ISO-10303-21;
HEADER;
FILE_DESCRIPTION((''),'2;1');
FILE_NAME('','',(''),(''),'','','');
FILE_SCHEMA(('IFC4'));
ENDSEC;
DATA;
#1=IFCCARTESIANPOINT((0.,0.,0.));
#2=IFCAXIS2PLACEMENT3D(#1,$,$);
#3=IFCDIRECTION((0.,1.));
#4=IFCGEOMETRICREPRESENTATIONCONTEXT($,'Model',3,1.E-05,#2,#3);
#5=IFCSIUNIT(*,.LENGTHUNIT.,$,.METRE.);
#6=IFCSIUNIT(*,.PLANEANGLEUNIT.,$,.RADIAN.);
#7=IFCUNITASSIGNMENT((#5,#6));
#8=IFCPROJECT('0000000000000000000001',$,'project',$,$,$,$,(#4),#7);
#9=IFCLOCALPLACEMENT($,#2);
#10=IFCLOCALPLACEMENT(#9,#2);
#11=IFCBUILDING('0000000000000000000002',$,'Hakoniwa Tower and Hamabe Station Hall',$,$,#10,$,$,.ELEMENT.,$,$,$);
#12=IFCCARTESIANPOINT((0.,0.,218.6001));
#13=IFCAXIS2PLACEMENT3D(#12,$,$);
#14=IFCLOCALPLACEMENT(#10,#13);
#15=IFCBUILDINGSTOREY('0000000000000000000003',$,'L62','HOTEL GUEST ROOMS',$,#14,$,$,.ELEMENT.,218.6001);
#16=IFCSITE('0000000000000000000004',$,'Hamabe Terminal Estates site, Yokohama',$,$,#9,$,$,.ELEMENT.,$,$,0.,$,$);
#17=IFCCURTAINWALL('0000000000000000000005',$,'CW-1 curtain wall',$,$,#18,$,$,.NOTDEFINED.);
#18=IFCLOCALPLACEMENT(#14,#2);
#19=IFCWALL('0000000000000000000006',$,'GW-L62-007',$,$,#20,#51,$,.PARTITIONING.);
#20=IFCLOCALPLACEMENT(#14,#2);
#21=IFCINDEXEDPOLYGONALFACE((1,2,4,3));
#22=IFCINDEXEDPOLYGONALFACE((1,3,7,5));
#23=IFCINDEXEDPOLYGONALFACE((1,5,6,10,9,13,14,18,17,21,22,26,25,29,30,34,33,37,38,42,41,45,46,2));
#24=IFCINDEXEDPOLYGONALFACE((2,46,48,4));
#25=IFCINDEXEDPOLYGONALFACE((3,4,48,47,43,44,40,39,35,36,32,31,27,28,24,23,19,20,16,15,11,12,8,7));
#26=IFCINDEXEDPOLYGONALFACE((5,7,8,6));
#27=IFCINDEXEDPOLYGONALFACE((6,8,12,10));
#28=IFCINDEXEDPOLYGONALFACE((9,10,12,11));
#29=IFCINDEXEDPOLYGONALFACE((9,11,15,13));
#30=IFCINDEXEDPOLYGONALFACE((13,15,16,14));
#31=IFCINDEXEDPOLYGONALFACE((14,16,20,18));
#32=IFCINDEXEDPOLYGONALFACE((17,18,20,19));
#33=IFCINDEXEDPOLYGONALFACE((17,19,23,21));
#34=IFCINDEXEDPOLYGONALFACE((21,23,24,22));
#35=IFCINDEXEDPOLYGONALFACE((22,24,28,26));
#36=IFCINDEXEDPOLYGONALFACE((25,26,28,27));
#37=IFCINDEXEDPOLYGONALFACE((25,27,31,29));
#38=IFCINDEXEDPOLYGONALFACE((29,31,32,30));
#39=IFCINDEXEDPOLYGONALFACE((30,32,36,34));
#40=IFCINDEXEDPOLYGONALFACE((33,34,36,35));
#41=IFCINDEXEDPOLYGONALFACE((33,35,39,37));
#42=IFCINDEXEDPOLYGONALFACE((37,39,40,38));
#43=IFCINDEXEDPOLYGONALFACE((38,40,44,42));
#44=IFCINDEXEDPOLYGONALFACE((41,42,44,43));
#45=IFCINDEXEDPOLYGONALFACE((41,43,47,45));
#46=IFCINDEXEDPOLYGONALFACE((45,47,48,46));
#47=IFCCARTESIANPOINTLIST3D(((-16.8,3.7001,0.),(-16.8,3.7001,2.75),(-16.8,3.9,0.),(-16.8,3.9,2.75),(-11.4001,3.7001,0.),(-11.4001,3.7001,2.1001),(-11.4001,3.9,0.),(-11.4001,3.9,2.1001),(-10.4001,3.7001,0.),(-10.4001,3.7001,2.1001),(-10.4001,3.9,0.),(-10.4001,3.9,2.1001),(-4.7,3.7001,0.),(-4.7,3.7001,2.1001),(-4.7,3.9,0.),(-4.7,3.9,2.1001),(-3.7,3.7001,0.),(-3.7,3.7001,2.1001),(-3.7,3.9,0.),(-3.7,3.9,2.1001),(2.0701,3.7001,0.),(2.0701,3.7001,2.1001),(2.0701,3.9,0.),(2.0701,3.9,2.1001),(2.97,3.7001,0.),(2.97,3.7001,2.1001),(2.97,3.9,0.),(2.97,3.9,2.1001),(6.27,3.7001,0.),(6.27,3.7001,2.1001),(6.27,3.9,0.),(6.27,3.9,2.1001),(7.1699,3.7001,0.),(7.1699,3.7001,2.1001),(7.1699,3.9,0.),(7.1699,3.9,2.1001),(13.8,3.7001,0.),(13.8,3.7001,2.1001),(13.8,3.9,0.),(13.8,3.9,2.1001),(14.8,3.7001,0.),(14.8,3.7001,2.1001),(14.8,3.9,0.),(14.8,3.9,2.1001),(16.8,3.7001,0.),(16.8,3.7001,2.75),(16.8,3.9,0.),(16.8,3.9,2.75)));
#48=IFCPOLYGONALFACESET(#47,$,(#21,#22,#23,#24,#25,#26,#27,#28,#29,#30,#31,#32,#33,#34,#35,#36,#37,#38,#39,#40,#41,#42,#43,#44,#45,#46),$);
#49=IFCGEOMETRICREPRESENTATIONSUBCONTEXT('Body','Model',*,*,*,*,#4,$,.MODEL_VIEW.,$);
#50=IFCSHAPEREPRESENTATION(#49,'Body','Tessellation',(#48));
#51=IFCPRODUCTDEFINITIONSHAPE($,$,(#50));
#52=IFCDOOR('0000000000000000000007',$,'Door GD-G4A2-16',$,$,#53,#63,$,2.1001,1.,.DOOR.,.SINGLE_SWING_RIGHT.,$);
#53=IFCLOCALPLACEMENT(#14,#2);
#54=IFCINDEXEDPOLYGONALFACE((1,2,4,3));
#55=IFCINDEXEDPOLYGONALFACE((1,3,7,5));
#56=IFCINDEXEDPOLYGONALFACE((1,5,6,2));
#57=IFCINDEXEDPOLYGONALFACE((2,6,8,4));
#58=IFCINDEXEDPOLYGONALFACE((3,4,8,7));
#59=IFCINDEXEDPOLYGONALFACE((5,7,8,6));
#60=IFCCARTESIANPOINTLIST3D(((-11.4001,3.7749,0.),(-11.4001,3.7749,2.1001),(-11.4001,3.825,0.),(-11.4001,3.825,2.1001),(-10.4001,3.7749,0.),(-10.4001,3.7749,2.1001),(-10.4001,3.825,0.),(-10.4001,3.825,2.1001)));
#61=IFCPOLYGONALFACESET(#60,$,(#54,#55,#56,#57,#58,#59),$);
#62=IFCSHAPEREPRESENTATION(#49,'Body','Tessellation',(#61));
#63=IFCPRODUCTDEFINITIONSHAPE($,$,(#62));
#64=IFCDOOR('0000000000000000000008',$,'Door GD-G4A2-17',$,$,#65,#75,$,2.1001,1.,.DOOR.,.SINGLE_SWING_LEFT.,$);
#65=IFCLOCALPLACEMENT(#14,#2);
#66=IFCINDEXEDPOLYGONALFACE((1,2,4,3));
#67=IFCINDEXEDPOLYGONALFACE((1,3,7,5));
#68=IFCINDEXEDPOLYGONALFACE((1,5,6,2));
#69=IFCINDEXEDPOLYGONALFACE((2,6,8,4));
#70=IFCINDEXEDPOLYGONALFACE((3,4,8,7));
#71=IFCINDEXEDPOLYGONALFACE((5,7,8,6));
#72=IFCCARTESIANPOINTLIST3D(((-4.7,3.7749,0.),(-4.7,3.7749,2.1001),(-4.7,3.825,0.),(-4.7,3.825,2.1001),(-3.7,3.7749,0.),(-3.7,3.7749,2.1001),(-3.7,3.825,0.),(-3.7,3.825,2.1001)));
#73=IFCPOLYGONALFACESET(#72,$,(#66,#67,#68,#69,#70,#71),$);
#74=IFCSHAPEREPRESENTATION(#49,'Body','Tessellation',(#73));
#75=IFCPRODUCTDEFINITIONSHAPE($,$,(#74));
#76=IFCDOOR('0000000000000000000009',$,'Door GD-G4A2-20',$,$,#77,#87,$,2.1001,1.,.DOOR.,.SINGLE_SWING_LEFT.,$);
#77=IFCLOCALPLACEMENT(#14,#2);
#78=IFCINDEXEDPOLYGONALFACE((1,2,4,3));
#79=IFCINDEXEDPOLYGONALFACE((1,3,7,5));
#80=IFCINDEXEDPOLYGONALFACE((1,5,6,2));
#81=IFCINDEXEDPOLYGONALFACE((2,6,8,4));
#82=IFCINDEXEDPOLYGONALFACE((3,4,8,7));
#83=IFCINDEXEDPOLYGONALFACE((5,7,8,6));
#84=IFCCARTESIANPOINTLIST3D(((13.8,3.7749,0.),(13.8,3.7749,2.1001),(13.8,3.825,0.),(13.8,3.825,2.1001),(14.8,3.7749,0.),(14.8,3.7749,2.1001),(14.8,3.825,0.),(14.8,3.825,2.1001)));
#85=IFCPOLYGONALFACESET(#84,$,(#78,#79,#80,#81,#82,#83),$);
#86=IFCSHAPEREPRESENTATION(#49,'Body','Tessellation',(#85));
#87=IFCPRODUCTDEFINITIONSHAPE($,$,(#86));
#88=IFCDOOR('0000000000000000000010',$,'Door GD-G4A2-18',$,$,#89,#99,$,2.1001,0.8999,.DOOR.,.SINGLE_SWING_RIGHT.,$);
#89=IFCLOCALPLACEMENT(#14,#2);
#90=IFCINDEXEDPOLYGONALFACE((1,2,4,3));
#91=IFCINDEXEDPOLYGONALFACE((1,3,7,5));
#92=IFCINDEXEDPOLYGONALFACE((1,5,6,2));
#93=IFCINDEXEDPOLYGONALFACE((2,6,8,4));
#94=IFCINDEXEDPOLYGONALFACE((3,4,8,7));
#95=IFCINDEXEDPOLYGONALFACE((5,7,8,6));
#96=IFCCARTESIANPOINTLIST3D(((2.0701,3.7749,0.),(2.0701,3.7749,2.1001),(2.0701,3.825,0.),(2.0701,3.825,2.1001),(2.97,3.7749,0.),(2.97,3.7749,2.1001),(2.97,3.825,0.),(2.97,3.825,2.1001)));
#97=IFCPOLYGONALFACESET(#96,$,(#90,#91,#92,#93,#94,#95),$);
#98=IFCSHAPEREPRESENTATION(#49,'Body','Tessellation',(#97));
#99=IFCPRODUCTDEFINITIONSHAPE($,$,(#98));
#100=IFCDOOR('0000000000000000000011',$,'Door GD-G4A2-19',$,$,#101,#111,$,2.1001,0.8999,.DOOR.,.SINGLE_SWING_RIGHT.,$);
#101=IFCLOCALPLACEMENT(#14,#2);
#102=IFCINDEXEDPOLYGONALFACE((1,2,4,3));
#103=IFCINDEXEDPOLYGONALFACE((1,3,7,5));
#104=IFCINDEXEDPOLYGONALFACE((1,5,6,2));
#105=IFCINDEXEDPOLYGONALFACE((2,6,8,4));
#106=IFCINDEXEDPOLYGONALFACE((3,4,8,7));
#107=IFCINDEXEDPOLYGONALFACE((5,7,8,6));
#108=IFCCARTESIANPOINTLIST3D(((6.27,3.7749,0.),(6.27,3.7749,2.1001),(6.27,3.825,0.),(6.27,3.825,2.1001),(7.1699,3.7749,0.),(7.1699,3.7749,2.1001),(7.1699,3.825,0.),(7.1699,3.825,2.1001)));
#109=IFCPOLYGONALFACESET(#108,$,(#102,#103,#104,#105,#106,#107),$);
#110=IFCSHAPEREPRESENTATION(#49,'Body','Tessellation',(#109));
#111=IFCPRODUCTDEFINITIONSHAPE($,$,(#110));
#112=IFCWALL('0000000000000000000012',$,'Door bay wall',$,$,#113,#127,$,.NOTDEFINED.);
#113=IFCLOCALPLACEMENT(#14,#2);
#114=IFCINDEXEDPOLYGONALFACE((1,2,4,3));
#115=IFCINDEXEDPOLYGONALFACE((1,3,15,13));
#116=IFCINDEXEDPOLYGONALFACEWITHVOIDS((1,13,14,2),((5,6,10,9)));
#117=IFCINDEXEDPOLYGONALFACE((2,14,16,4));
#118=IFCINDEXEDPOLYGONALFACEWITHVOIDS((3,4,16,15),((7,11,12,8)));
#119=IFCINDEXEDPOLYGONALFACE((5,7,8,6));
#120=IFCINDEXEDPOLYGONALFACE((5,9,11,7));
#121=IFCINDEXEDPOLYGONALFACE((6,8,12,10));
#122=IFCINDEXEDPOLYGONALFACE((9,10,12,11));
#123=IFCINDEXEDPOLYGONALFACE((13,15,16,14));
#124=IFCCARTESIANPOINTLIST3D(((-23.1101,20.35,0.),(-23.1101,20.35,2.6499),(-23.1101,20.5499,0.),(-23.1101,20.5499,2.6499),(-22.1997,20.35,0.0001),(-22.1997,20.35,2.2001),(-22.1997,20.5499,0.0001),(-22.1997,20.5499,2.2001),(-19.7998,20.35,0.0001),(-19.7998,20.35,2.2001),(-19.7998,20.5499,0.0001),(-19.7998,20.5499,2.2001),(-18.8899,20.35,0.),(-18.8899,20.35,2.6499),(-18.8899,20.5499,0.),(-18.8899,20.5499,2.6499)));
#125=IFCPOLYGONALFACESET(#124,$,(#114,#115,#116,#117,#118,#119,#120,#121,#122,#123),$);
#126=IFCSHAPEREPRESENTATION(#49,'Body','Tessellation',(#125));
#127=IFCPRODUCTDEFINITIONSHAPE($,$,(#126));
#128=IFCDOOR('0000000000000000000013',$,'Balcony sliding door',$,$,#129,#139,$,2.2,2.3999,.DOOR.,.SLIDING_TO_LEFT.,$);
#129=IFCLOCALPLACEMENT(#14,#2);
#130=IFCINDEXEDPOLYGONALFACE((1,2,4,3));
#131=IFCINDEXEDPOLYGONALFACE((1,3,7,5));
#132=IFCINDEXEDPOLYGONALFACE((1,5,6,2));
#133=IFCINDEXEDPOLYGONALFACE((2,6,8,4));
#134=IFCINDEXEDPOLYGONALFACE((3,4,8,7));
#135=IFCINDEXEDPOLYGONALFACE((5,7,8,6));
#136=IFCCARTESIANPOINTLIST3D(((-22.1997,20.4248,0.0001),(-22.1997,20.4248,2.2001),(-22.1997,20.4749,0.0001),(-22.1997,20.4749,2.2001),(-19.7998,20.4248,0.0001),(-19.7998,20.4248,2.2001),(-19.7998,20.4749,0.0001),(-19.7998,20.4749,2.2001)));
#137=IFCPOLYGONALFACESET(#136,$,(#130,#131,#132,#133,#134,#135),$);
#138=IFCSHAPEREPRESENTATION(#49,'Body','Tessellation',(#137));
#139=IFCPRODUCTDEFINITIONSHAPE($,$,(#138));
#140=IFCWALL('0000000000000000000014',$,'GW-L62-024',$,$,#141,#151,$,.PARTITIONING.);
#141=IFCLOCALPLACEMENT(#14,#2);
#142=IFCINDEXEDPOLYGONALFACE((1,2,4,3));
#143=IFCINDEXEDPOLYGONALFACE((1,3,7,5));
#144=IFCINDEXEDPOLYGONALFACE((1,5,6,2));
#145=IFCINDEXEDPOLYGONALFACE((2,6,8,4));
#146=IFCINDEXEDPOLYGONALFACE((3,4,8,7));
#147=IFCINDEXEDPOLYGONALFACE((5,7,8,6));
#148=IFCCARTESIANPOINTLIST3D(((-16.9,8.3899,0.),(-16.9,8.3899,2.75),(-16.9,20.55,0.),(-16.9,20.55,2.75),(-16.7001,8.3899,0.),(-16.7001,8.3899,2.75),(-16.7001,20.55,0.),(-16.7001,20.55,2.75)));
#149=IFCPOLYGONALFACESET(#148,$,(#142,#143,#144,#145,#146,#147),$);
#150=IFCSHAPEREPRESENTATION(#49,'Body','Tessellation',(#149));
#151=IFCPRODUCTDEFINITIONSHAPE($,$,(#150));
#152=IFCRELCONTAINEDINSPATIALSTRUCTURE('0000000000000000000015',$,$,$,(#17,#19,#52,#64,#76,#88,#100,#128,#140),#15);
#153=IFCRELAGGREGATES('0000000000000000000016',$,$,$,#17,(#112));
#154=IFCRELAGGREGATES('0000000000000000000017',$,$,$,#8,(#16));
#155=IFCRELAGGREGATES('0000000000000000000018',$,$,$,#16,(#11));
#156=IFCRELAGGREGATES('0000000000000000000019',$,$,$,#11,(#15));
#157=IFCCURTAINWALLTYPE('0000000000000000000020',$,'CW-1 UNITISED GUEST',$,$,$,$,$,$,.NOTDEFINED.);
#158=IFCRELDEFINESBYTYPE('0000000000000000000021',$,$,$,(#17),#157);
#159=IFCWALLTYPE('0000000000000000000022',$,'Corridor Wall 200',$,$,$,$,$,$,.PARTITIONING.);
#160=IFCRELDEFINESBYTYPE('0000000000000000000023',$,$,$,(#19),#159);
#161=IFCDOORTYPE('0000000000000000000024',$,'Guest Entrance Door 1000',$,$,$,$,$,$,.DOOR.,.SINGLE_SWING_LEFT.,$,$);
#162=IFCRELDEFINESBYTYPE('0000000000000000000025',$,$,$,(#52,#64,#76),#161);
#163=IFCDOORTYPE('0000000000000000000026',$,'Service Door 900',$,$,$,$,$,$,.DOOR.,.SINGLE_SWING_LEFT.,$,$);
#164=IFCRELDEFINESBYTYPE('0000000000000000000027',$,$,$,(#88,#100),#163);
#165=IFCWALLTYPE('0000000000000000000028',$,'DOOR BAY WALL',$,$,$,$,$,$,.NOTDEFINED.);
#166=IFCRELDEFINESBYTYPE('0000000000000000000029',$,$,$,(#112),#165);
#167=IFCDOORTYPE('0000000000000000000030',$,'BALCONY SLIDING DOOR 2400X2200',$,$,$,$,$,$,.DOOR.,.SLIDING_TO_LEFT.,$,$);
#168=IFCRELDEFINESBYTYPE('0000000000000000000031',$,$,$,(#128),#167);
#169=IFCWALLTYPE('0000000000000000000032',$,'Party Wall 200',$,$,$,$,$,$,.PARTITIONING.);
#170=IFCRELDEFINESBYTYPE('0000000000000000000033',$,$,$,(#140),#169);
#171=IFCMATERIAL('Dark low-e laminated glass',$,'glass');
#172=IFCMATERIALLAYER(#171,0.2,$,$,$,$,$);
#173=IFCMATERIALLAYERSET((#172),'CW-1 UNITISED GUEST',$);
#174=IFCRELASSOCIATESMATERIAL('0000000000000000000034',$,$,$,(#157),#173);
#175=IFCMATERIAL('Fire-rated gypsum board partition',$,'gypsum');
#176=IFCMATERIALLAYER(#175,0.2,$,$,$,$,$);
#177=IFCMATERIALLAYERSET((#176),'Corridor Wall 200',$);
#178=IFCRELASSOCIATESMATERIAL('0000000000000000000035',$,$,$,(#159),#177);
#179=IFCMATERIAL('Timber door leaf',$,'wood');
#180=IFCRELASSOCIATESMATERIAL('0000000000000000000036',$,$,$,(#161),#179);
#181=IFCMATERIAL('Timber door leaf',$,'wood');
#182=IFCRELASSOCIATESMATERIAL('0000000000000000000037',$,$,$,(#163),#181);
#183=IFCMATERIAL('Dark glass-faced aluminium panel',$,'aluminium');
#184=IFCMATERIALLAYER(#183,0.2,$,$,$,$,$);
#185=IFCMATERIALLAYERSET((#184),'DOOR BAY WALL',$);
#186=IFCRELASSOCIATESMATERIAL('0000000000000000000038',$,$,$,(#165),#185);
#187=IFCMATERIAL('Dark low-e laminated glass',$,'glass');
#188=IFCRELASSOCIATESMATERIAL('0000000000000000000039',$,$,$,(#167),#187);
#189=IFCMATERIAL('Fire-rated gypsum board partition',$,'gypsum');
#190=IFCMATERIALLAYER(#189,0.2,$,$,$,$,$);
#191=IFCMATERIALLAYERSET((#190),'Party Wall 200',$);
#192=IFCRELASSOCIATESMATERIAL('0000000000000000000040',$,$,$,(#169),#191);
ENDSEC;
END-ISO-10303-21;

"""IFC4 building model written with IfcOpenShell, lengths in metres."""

from ifc_helpers import new_model, si_unit, direction, frame, frame_2d, origin, place, context, subcontext, project, spatial, rectangle, extrude, material, layer, layer_set, type_object, element, fill, aggregate, save


model = new_model("IFC4")

# Units and contexts
model_context = context("Model", 3, precision=1e-05, world=origin(), true_north=direction((0.0, 1.0)))
body_context = subcontext(model_context, "Body", "Model", "MODEL_VIEW")
ifc_project = project(units=[si_unit("LENGTHUNIT", "METRE"), si_unit("PLANEANGLEUNIT", "RADIAN")], contexts=[model_context])

# Site, building, storey
site_placement = place(None, origin())
site = spatial("IfcSite", under=ifc_project, at=site_placement, Name="Hamabe Terminal Estates site, Yokohama", CompositionType="ELEMENT", RefElevation=0.0)
building_placement = place(site_placement, origin())
building = spatial("IfcBuilding", under=site, at=building_placement, Name="Hakoniwa Tower and Hamabe Station Hall", CompositionType="ELEMENT")
storey_placement = place(building_placement, frame((0.0, 0.0, 218.6001)))
storey = spatial("IfcBuildingStorey", under=building, at=storey_placement, Name="L62", Description="HOTEL GUEST ROOMS", CompositionType="ELEMENT", Elevation=218.6001)

# Curtain wall
ifc_material_1 = material(Name="Dark low-e laminated glass", Category="glass")
ifc_layer_1 = layer(ifc_material_1, 0.2)
ifc_layer_set_1 = layer_set([ifc_layer_1], Name="CW-1 UNITISED GUEST")
curtain_wall_type = type_object("IfcCurtainWallType", Name="CW-1 UNITISED GUEST", PredefinedType="NOTDEFINED", material=ifc_layer_set_1)
curtain_wall_placement = place(storey_placement, origin())
curtain_wall = element("IfcCurtainWall", 1, at=curtain_wall_placement, inside=storey, type_object=curtain_wall_type, Name="CW-1 curtain wall", PredefinedType="NOTDEFINED")

# Wall, openings, doors
ifc_material_2 = material(Name="Fire-rated gypsum board partition", Category="gypsum")
ifc_layer_2 = layer(ifc_material_2, 0.2)
ifc_layer_set_2 = layer_set([ifc_layer_2], Name="Corridor Wall 200")
wall_type_1 = type_object("IfcWallType", Name="Corridor Wall 200", PredefinedType="PARTITIONING", material=ifc_layer_set_2)
ifc_material_3 = material(Name="Timber door leaf", Category="wood")
door_type_1 = type_object("IfcDoorType", Name="Guest Entrance Door 1000", OperationType="SINGLE_SWING_LEFT", PredefinedType="DOOR", material=ifc_material_3)
wall_1_placement = place(storey_placement, frame((-16.8, 3.8, 0.0), z_axis=(0.0, 0.0, 1.0), x_axis=(1.0, 0.0, 0.0)))
wall_1 = element("IfcWall", 2, at=wall_1_placement, inside=storey, type_object=wall_type_1, Name="GW-L62-007", PredefinedType="PARTITIONING", context=body_context, shape_type="SweptSolid", body=[
    extrude(rectangle(XDim=33.6001, YDim=0.2, at=frame_2d((16.8, 0.0))), origin(), (0.0, 0.0, 1.0), 2.75),
])
opening_1_placement = place(wall_1_placement, frame((5.3999, 0.0, 0.0)))
opening_1 = element("IfcOpeningElement", 3, at=opening_1_placement, cuts=wall_1, PredefinedType="OPENING", context=body_context, shape_type="SweptSolid", body=[
    extrude(rectangle(XDim=1.0, YDim=2.1001, at=frame_2d((0.5, 1.05))), frame((0.0, 0.1099, 0.0), z_axis=(0.0, -1.0, 0.0), x_axis=(1.0, 0.0, 0.0)), (0.0, 0.0, 1.0), 0.22),
])
opening_2_placement = place(wall_1_placement, frame((12.1001, 0.0, 0.0)))
opening_2 = element("IfcOpeningElement", 4, at=opening_2_placement, cuts=wall_1, PredefinedType="OPENING", context=body_context, shape_type="SweptSolid", body=[
    extrude(rectangle(XDim=1.0, YDim=2.1001, at=frame_2d((0.5, 1.05))), frame((0.0, 0.1099, 0.0), z_axis=(0.0, -1.0, 0.0), x_axis=(1.0, 0.0, 0.0)), (0.0, 0.0, 1.0), 0.22),
])
opening_3_placement = place(wall_1_placement, frame((18.8701, 0.0, 0.0)))
opening_3 = element("IfcOpeningElement", 5, at=opening_3_placement, cuts=wall_1, PredefinedType="OPENING", context=body_context, shape_type="SweptSolid", body=[
    extrude(rectangle(XDim=0.8999, YDim=2.1001, at=frame_2d((0.45, 1.05))), frame((0.0, 0.1099, 0.0), z_axis=(0.0, -1.0, 0.0), x_axis=(1.0, 0.0, 0.0)), (0.0, 0.0, 1.0), 0.22),
])
opening_4_placement = place(wall_1_placement, frame((23.0701, 0.0, 0.0)))
opening_4 = element("IfcOpeningElement", 6, at=opening_4_placement, cuts=wall_1, PredefinedType="OPENING", context=body_context, shape_type="SweptSolid", body=[
    extrude(rectangle(XDim=0.8999, YDim=2.1001, at=frame_2d((0.45, 1.05))), frame((0.0, 0.1099, 0.0), z_axis=(0.0, -1.0, 0.0), x_axis=(1.0, 0.0, 0.0)), (0.0, 0.0, 1.0), 0.22),
])
opening_5_placement = place(wall_1_placement, frame((30.6001, 0.0, 0.0)))
opening_5 = element("IfcOpeningElement", 7, at=opening_5_placement, cuts=wall_1, PredefinedType="OPENING", context=body_context, shape_type="SweptSolid", body=[
    extrude(rectangle(XDim=1.0, YDim=2.1001, at=frame_2d((0.5, 1.05))), frame((0.0, 0.1099, 0.0), z_axis=(0.0, -1.0, 0.0), x_axis=(1.0, 0.0, 0.0)), (0.0, 0.0, 1.0), 0.22),
])
door_1_placement = place(opening_1_placement, origin())
door_1 = element("IfcDoor", 8, at=door_1_placement, inside=storey, type_object=door_type_1, Name="Door GD-G4A2-16", OperationType="SINGLE_SWING_RIGHT", OverallHeight=2.1001, OverallWidth=1.0, PredefinedType="DOOR", context=body_context, shape_type="SweptSolid", body=[
    extrude(rectangle(XDim=1.0, YDim=2.1001, at=frame_2d((0.5, 1.05))), frame((0.0, 0.0249, 0.0), z_axis=(0.0, -1.0, 0.0), x_axis=(1.0, 0.0, 0.0)), (0.0, 0.0, 1.0), 0.05),
])
fill(opening_1, door_1)
door_2_placement = place(opening_2_placement, origin())
door_2 = element("IfcDoor", 9, at=door_2_placement, inside=storey, type_object=door_type_1, Name="Door GD-G4A2-17", OperationType="SINGLE_SWING_LEFT", OverallHeight=2.1001, OverallWidth=1.0, PredefinedType="DOOR", context=body_context, shape_type="SweptSolid", body=[
    extrude(rectangle(XDim=1.0, YDim=2.1001, at=frame_2d((0.5, 1.05))), frame((0.0, 0.0249, 0.0), z_axis=(0.0, -1.0, 0.0), x_axis=(1.0, 0.0, 0.0)), (0.0, 0.0, 1.0), 0.05),
])
fill(opening_2, door_2)
door_3_placement = place(opening_5_placement, origin())
door_3 = element("IfcDoor", 10, at=door_3_placement, inside=storey, type_object=door_type_1, Name="Door GD-G4A2-20", OperationType="SINGLE_SWING_LEFT", OverallHeight=2.1001, OverallWidth=1.0, PredefinedType="DOOR", context=body_context, shape_type="SweptSolid", body=[
    extrude(rectangle(XDim=1.0, YDim=2.1001, at=frame_2d((0.5, 1.05))), frame((0.0, 0.0249, 0.0), z_axis=(0.0, -1.0, 0.0), x_axis=(1.0, 0.0, 0.0)), (0.0, 0.0, 1.0), 0.05),
])
fill(opening_5, door_3)
ifc_material_4 = material(Name="Timber door leaf", Category="wood")
door_type_2 = type_object("IfcDoorType", Name="Service Door 900", OperationType="SINGLE_SWING_LEFT", PredefinedType="DOOR", material=ifc_material_4)
door_4_placement = place(opening_3_placement, origin())
door_4 = element("IfcDoor", 11, at=door_4_placement, inside=storey, type_object=door_type_2, Name="Door GD-G4A2-18", OperationType="SINGLE_SWING_RIGHT", OverallHeight=2.1001, OverallWidth=0.8999, PredefinedType="DOOR", context=body_context, shape_type="SweptSolid", body=[
    extrude(rectangle(XDim=0.8999, YDim=2.1001, at=frame_2d((0.45, 1.05))), frame((0.0, 0.0249, 0.0), z_axis=(0.0, -1.0, 0.0), x_axis=(1.0, 0.0, 0.0)), (0.0, 0.0, 1.0), 0.05),
])
fill(opening_3, door_4)
door_5_placement = place(opening_4_placement, origin())
door_5 = element("IfcDoor", 12, at=door_5_placement, inside=storey, type_object=door_type_2, Name="Door GD-G4A2-19", OperationType="SINGLE_SWING_RIGHT", OverallHeight=2.1001, OverallWidth=0.8999, PredefinedType="DOOR", context=body_context, shape_type="SweptSolid", body=[
    extrude(rectangle(XDim=0.8999, YDim=2.1001, at=frame_2d((0.45, 1.05))), frame((0.0, 0.0249, 0.0), z_axis=(0.0, -1.0, 0.0), x_axis=(1.0, 0.0, 0.0)), (0.0, 0.0, 1.0), 0.05),
])
fill(opening_4, door_5)

# Wall, opening, door
ifc_material_5 = material(Name="Dark glass-faced aluminium panel", Category="aluminium")
ifc_layer_3 = layer(ifc_material_5, 0.2)
ifc_layer_set_3 = layer_set([ifc_layer_3], Name="DOOR BAY WALL")
wall_type_2 = type_object("IfcWallType", Name="DOOR BAY WALL", PredefinedType="NOTDEFINED", material=ifc_layer_set_3)
wall_2_placement = place(storey_placement, frame((-18.8899, 20.45, 0.0), z_axis=(0.0, 0.0, 1.0), x_axis=(-1.0, 0.0, 0.0)))
wall_2 = element("IfcWall", 13, at=wall_2_placement, type_object=wall_type_2, Name="Door bay wall", PredefinedType="NOTDEFINED", context=body_context, shape_type="SweptSolid", body=[
    extrude(rectangle(XDim=4.2202, YDim=0.2, at=frame_2d((2.1101, 0.0))), origin(), (0.0, 0.0, 1.0), 2.6499),
])
opening_6_placement = place(wall_2_placement, frame((0.9099, 0.0, 0.0)))
opening_6 = element("IfcOpeningElement", 14, at=opening_6_placement, cuts=wall_2, PredefinedType="OPENING", context=body_context, shape_type="SweptSolid", body=[
    extrude(rectangle(XDim=2.3999, YDim=2.2, at=frame_2d((1.2, 1.1001))), frame((0.0, 0.1099, 0.0), z_axis=(0.0, -1.0, 0.0), x_axis=(1.0, 0.0, 0.0)), (0.0, 0.0, 1.0), 0.22),
])
ifc_material_6 = material(Name="Dark low-e laminated glass", Category="glass")
door_type_3 = type_object("IfcDoorType", Name="BALCONY SLIDING DOOR 2400X2200", OperationType="SLIDING_TO_LEFT", PredefinedType="DOOR", material=ifc_material_6)
door_6_placement = place(opening_6_placement, frame((2.3999, 0.0, 0.0), z_axis=(0.0, 0.0, 1.0), x_axis=(-1.0, 0.0, 0.0)))
door_6 = element("IfcDoor", 15, at=door_6_placement, inside=storey, type_object=door_type_3, Name="Balcony sliding door", OperationType="SLIDING_TO_LEFT", OverallHeight=2.2, OverallWidth=2.3999, PredefinedType="DOOR", context=body_context, shape_type="SweptSolid", body=[
    extrude(rectangle(XDim=2.3999, YDim=2.2, at=frame_2d((1.2, 1.1001))), frame((0.0, 0.0249, 0.0), z_axis=(0.0, -1.0, 0.0), x_axis=(1.0, 0.0, 0.0)), (0.0, 0.0, 1.0), 0.05),
])
fill(opening_6, door_6)
aggregate(curtain_wall, [wall_2])

# Wall
ifc_material_7 = material(Name="Fire-rated gypsum board partition", Category="gypsum")
ifc_layer_4 = layer(ifc_material_7, 0.2)
ifc_layer_set_4 = layer_set([ifc_layer_4], Name="Party Wall 200")
wall_type_3 = type_object("IfcWallType", Name="Party Wall 200", PredefinedType="PARTITIONING", material=ifc_layer_set_4)
wall_3_placement = place(storey_placement, frame((-16.8, 8.3899, 0.0), z_axis=(0.0, 0.0, 1.0), x_axis=(0.0, 1.0, 0.0)))
element("IfcWall", 16, at=wall_3_placement, inside=storey, type_object=wall_type_3, Name="GW-L62-024", PredefinedType="PARTITIONING", context=body_context, shape_type="SweptSolid", body=[
    extrude(rectangle(XDim=12.1602, YDim=0.2, at=frame_2d((6.0801, 0.0))), origin(), (0.0, 0.0, 1.0), 2.75),
])

save(model, "model.ifc")
